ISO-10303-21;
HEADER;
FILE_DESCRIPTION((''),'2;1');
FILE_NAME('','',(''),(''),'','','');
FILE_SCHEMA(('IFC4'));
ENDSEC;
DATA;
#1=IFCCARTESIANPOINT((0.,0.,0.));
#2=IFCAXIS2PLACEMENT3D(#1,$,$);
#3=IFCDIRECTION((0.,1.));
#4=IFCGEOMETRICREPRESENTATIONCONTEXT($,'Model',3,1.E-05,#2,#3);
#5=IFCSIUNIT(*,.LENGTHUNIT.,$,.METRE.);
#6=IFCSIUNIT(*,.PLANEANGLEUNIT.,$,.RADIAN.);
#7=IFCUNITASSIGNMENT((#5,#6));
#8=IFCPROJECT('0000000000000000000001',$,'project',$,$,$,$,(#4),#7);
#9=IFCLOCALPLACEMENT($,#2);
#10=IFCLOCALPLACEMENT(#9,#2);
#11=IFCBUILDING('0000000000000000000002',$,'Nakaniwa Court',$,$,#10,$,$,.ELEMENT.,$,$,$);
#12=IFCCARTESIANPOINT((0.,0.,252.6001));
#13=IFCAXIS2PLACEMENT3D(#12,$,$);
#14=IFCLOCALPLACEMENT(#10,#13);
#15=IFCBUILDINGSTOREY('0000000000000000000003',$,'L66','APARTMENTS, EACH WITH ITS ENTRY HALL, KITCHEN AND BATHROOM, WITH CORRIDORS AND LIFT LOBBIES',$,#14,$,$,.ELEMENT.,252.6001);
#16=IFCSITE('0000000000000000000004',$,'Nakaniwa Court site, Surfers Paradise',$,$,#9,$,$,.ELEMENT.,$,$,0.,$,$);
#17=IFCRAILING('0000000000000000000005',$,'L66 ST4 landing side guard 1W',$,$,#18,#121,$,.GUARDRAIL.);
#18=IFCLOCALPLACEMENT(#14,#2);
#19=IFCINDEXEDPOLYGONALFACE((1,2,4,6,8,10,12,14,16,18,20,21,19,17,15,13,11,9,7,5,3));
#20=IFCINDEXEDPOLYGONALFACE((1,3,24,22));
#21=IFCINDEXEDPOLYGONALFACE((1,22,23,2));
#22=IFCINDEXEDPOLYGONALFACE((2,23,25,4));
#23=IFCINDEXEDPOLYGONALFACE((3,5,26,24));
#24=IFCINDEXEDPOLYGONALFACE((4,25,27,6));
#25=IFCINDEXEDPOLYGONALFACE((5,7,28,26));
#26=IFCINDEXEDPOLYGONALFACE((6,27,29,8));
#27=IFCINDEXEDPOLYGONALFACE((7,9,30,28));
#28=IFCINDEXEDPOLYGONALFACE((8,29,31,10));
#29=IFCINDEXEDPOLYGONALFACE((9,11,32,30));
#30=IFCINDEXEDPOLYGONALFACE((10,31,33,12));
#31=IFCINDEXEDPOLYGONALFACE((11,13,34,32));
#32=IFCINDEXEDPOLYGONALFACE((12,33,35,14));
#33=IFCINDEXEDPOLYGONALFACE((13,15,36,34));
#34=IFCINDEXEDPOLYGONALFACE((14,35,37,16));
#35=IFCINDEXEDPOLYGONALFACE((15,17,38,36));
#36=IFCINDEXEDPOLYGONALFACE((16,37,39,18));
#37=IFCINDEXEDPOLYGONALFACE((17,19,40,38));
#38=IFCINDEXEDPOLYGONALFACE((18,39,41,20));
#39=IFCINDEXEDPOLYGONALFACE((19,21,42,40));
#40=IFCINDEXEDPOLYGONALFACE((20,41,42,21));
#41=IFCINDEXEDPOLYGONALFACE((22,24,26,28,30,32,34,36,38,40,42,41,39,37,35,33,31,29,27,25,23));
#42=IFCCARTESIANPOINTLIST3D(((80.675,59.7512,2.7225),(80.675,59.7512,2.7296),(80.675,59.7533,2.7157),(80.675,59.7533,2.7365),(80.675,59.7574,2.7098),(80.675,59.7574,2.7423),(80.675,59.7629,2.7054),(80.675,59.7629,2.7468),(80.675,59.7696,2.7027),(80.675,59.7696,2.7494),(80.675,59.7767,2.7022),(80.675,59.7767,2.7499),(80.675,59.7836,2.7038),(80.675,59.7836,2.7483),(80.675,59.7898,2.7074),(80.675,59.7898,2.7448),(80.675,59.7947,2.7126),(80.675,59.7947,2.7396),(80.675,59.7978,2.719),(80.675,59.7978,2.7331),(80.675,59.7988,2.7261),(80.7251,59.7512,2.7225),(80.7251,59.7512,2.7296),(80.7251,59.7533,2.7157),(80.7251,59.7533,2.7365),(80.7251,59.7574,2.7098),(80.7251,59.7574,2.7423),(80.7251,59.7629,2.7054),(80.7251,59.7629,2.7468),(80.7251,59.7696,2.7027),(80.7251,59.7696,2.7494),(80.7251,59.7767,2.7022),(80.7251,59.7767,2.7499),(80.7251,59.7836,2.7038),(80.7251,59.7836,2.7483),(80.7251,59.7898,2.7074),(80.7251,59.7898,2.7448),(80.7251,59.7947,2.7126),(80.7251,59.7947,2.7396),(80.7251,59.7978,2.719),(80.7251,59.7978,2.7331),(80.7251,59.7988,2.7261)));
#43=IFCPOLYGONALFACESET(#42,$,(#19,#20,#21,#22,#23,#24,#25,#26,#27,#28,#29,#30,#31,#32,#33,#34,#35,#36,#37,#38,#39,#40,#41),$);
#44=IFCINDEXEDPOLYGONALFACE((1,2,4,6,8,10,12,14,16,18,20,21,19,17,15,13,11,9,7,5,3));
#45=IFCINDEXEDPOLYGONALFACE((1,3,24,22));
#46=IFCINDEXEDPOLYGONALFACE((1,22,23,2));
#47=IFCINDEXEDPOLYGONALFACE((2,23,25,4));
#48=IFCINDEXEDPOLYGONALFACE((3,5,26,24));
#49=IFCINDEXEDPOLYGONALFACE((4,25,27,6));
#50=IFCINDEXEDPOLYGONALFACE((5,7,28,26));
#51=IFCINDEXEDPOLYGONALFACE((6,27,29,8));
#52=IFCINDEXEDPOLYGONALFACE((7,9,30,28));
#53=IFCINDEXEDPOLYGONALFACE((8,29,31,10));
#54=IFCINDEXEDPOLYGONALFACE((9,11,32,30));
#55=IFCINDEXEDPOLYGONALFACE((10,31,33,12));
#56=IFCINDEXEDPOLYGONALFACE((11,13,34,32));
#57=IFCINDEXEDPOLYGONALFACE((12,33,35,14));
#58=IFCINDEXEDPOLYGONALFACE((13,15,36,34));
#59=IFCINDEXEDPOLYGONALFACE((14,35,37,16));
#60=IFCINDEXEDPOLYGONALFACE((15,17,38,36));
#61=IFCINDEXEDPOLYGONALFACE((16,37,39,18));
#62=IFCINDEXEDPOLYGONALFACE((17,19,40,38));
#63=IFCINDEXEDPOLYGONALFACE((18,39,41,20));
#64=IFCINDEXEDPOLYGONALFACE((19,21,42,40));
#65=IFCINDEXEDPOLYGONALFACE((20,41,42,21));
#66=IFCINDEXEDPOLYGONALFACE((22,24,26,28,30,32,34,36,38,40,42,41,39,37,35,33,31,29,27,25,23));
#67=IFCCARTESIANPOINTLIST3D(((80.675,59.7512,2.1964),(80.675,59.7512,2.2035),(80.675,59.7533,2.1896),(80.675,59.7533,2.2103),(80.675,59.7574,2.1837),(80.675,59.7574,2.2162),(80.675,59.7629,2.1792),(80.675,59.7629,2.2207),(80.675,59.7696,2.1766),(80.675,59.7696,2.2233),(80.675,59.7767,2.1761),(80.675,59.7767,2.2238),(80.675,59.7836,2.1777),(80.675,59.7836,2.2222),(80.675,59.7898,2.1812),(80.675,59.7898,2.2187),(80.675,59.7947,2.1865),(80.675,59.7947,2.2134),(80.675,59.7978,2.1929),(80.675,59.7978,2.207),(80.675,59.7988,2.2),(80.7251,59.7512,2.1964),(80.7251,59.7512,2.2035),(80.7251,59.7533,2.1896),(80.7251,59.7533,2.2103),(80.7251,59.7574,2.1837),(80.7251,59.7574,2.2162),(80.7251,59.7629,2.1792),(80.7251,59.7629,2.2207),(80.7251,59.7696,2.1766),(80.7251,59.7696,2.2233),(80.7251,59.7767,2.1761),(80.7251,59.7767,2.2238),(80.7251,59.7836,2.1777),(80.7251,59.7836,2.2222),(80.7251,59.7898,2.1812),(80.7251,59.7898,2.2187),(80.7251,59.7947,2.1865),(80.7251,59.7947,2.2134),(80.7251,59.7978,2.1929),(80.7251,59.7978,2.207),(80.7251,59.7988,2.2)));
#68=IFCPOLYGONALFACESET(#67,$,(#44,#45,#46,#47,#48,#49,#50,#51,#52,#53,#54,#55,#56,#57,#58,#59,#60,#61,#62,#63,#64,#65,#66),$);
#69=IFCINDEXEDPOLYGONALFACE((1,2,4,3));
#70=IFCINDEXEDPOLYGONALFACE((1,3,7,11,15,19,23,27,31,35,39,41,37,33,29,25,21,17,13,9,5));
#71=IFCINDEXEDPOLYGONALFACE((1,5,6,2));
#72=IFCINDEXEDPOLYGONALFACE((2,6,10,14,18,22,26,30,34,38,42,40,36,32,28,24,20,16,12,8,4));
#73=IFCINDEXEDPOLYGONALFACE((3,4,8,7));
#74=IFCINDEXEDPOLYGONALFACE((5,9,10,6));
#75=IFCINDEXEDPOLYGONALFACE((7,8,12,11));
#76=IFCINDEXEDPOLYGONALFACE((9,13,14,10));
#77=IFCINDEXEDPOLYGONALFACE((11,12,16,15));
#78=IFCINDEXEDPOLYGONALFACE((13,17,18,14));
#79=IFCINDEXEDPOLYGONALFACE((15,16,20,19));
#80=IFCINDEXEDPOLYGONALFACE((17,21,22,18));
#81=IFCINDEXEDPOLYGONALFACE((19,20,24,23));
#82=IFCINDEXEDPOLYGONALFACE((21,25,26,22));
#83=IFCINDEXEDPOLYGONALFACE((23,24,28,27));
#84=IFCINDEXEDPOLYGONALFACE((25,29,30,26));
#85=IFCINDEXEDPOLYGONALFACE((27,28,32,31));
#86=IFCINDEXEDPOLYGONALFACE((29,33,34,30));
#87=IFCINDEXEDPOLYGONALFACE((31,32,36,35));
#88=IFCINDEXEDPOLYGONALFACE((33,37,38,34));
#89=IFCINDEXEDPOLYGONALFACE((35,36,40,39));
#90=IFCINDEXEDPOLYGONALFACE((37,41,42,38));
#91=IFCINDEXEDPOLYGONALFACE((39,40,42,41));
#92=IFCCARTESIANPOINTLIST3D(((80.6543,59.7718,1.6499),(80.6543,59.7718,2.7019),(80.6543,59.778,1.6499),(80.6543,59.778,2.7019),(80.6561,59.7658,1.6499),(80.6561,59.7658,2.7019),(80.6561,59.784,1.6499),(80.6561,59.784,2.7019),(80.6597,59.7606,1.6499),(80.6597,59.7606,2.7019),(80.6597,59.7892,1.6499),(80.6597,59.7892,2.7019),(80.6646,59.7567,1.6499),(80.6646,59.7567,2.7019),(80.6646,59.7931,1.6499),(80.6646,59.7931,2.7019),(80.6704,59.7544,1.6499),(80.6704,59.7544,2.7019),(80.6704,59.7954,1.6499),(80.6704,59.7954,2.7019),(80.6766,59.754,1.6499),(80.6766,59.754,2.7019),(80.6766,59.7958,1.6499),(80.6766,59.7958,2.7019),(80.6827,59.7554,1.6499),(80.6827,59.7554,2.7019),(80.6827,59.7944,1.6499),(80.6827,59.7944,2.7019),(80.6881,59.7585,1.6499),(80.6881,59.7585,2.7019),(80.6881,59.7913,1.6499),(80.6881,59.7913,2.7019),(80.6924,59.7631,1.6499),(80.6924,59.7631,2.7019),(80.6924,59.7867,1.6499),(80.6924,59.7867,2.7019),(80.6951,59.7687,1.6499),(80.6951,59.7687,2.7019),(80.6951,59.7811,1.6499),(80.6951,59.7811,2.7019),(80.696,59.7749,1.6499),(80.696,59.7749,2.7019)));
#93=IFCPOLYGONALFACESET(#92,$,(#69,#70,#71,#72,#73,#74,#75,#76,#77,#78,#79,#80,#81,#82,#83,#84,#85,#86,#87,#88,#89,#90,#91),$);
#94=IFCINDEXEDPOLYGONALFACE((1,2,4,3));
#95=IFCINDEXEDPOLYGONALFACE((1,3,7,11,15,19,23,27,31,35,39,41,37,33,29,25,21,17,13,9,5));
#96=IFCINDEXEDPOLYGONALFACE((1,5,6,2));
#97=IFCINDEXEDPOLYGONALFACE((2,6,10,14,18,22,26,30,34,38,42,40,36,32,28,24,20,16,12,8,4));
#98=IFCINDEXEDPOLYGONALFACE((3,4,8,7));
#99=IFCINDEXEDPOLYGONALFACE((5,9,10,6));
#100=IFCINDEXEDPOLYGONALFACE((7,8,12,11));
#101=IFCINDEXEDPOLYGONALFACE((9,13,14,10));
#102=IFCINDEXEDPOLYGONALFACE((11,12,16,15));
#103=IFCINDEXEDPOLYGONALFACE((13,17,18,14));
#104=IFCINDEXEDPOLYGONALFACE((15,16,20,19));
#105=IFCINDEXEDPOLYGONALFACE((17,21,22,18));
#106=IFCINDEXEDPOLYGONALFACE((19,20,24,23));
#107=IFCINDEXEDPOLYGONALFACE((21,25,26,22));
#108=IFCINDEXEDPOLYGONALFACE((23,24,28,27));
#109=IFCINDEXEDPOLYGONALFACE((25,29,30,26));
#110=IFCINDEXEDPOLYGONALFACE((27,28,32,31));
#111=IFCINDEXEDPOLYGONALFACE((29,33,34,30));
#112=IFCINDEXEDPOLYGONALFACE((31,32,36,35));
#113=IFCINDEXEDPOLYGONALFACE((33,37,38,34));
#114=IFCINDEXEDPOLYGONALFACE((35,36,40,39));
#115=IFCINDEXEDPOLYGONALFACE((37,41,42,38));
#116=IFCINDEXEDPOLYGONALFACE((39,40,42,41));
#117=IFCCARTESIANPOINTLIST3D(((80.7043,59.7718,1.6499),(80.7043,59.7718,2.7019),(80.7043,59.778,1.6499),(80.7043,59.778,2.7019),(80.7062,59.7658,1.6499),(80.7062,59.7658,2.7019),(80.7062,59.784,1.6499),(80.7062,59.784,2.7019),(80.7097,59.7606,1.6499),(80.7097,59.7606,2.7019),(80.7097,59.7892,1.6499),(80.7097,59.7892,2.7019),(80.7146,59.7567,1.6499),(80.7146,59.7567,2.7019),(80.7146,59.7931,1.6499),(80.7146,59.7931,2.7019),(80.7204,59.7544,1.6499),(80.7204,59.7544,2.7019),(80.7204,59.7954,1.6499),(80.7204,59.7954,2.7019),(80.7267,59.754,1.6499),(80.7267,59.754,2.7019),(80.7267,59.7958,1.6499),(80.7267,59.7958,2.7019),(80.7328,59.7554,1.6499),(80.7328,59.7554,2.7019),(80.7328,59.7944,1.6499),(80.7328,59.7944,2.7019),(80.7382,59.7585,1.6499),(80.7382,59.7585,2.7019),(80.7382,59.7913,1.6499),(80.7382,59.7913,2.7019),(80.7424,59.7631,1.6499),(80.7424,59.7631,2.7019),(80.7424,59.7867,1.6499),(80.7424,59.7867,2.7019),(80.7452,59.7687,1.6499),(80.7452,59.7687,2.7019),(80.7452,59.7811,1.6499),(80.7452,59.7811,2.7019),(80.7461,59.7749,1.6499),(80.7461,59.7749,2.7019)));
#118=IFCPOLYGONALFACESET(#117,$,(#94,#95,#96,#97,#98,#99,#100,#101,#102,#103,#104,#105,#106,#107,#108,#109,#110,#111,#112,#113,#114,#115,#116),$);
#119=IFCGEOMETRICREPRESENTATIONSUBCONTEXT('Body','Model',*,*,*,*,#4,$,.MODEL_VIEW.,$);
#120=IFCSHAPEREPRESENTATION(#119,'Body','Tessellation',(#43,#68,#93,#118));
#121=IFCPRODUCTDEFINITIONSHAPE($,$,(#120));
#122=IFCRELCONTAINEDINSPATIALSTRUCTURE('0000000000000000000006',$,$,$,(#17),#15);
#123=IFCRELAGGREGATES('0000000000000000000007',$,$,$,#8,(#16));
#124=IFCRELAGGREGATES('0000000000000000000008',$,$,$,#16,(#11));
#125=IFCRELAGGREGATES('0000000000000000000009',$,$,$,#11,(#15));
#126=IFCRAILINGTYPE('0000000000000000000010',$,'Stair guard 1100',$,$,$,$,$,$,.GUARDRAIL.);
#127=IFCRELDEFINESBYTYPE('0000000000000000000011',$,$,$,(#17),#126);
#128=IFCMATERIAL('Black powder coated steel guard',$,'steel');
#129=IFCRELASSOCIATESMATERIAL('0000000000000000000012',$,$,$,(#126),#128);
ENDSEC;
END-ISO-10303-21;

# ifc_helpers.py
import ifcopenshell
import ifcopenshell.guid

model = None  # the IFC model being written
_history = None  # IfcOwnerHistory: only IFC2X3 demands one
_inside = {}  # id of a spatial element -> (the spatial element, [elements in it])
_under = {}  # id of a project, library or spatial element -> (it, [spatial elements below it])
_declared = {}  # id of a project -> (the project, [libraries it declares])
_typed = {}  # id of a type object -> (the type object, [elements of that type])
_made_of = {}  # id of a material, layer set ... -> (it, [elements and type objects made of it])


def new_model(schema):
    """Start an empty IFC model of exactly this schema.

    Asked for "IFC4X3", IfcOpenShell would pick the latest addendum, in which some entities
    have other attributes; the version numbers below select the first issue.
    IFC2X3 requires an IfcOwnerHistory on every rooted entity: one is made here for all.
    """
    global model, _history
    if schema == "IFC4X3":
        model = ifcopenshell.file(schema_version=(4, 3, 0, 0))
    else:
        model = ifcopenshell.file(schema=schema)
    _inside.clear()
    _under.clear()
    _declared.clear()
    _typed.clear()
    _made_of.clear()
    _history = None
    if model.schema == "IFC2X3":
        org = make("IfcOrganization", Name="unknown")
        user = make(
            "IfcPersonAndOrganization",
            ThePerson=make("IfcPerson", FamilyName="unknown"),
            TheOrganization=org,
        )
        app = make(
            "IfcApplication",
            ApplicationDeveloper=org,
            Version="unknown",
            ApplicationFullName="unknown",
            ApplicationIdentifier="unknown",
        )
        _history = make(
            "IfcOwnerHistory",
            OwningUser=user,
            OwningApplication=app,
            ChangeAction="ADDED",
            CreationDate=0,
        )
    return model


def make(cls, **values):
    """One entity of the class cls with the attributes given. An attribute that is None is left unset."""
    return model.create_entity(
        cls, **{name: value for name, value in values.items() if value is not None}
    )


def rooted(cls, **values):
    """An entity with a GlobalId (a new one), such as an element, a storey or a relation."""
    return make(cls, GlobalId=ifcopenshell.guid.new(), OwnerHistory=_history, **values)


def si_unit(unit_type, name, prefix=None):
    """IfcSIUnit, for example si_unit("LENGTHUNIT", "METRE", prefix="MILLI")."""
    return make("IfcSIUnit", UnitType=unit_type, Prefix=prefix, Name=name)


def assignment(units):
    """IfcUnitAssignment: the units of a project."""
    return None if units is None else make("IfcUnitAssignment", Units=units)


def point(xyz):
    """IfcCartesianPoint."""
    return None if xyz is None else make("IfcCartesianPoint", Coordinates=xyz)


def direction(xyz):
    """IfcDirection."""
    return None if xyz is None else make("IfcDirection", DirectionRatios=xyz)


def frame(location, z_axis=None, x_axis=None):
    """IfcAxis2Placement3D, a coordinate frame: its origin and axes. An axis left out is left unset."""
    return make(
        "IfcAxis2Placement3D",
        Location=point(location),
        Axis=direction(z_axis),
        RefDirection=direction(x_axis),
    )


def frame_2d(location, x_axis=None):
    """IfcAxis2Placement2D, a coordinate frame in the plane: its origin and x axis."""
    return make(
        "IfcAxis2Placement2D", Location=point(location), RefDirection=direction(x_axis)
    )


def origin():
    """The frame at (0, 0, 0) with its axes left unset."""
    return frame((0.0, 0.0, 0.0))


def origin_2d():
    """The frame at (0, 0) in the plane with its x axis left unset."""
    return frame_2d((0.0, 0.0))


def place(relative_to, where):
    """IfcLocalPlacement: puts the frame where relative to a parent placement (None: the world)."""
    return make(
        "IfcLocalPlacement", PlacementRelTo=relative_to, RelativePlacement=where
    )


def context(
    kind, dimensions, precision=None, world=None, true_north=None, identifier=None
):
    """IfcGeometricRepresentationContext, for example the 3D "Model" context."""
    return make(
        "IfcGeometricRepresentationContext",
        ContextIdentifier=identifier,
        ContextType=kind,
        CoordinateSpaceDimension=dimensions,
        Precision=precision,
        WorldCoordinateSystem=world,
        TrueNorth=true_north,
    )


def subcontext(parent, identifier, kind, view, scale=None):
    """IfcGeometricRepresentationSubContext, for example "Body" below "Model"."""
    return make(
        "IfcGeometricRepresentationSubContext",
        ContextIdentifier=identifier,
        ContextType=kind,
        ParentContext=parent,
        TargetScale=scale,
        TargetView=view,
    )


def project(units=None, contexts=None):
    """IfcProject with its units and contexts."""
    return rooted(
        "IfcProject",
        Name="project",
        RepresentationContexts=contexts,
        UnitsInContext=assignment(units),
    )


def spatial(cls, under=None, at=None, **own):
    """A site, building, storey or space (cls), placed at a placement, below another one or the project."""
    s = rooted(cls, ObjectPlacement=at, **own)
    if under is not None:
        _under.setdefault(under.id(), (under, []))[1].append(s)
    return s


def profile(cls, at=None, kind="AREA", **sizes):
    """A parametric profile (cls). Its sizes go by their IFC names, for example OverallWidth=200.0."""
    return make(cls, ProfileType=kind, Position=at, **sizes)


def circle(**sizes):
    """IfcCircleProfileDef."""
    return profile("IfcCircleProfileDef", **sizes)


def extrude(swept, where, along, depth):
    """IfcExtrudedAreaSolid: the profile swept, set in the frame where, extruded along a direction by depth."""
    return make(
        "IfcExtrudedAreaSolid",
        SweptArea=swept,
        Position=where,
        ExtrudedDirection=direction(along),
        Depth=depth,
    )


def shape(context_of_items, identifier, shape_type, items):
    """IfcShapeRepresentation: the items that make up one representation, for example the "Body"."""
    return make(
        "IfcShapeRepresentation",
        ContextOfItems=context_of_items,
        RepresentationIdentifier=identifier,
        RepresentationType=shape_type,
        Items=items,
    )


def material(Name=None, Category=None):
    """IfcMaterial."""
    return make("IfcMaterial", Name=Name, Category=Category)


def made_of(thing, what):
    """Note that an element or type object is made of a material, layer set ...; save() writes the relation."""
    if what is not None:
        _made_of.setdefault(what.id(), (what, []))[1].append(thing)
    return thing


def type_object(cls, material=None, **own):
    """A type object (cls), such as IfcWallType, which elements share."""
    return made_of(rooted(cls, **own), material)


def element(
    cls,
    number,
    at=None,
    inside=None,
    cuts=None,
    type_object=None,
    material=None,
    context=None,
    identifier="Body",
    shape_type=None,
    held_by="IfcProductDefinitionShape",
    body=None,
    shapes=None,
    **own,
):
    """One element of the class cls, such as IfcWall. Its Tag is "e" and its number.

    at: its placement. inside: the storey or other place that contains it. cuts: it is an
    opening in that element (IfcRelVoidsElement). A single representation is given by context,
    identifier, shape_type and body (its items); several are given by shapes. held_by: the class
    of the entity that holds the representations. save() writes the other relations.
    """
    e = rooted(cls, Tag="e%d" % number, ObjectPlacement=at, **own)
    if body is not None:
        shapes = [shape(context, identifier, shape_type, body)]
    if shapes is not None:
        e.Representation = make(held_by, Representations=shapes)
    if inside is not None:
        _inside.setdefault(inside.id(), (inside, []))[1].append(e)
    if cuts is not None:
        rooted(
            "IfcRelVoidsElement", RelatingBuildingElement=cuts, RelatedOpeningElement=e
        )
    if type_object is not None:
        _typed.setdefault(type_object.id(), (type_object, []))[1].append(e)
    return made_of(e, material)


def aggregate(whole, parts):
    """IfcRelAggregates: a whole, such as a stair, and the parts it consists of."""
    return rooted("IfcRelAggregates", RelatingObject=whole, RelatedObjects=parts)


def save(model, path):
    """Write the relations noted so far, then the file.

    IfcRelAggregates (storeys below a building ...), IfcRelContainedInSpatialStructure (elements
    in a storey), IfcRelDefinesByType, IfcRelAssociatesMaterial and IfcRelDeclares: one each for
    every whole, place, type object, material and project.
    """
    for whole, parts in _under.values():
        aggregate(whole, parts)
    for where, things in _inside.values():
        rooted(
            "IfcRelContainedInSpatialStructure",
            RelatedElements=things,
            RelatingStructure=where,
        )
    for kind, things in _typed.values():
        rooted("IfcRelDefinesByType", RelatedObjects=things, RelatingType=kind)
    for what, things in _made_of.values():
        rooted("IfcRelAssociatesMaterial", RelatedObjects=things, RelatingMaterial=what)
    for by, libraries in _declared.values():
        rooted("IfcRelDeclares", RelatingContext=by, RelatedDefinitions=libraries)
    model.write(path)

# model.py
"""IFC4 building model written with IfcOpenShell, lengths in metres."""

from ifc_helpers import new_model, si_unit, direction, frame, origin, origin_2d, place, context, subcontext, project, spatial, circle, extrude, material, type_object, element, save


model = new_model("IFC4")

# Units and contexts
model_context = context("Model", 3, precision=1e-05, world=origin(), true_north=direction((0.0, 1.0)))
body_context = subcontext(model_context, "Body", "Model", "MODEL_VIEW")
ifc_project = project(units=[si_unit("LENGTHUNIT", "METRE"), si_unit("PLANEANGLEUNIT", "RADIAN")], contexts=[model_context])

# Site, building, storey
site_placement = place(None, origin())
site = spatial("IfcSite", under=ifc_project, at=site_placement, Name="Nakaniwa Court site, Surfers Paradise", CompositionType="ELEMENT", RefElevation=0.0)
building_placement = place(site_placement, origin())
building = spatial("IfcBuilding", under=site, at=building_placement, Name="Nakaniwa Court", CompositionType="ELEMENT")
storey_placement = place(building_placement, frame((0.0, 0.0, 252.6001)))
storey = spatial("IfcBuildingStorey", under=building, at=storey_placement, Name="L66", Description="APARTMENTS, EACH WITH ITS ENTRY HALL, KITCHEN AND BATHROOM, WITH CORRIDORS AND LIFT LOBBIES", CompositionType="ELEMENT", Elevation=252.6001)

# Railing
ifc_material_1 = material(Name="Black powder coated steel guard", Category="steel")
railing_type_1 = type_object("IfcRailingType", Name="Stair guard 1100", PredefinedType="GUARDRAIL", material=ifc_material_1)
for number, where, name in (
    (1, (80.675, 59.7749, 1.6499), "L66 ST4 landing side guard 1W"),
):
    element("IfcRailing", number, at=place(storey_placement, frame(where)), inside=storey, type_object=railing_type_1, Name=name, PredefinedType="GUARDRAIL", context=body_context, shape_type="SweptSolid", body=[
        extrude(circle(Radius=0.0239, at=origin_2d()), frame((0.0, 0.0, 1.0762), z_axis=(1.0, 0.0, 0.0), x_axis=(0.0, 1.0, 0.0)), (0.0, 0.0, 1.0), 0.05),
        extrude(circle(Radius=0.0239, at=origin_2d()), frame((0.0, 0.0, 0.55), z_axis=(1.0, 0.0, 0.0), x_axis=(0.0, 1.0, 0.0)), (0.0, 0.0, 1.0), 0.05),
        extrude(circle(Radius=0.021, at=origin_2d()), origin(), (0.0, 0.0, 1.0), 1.052),
        extrude(circle(Radius=0.021, at=origin_2d()), frame((0.05, 0.0, 0.0)), (0.0, 0.0, 1.0), 1.052),
    ])

save(model, "model.ifc")
